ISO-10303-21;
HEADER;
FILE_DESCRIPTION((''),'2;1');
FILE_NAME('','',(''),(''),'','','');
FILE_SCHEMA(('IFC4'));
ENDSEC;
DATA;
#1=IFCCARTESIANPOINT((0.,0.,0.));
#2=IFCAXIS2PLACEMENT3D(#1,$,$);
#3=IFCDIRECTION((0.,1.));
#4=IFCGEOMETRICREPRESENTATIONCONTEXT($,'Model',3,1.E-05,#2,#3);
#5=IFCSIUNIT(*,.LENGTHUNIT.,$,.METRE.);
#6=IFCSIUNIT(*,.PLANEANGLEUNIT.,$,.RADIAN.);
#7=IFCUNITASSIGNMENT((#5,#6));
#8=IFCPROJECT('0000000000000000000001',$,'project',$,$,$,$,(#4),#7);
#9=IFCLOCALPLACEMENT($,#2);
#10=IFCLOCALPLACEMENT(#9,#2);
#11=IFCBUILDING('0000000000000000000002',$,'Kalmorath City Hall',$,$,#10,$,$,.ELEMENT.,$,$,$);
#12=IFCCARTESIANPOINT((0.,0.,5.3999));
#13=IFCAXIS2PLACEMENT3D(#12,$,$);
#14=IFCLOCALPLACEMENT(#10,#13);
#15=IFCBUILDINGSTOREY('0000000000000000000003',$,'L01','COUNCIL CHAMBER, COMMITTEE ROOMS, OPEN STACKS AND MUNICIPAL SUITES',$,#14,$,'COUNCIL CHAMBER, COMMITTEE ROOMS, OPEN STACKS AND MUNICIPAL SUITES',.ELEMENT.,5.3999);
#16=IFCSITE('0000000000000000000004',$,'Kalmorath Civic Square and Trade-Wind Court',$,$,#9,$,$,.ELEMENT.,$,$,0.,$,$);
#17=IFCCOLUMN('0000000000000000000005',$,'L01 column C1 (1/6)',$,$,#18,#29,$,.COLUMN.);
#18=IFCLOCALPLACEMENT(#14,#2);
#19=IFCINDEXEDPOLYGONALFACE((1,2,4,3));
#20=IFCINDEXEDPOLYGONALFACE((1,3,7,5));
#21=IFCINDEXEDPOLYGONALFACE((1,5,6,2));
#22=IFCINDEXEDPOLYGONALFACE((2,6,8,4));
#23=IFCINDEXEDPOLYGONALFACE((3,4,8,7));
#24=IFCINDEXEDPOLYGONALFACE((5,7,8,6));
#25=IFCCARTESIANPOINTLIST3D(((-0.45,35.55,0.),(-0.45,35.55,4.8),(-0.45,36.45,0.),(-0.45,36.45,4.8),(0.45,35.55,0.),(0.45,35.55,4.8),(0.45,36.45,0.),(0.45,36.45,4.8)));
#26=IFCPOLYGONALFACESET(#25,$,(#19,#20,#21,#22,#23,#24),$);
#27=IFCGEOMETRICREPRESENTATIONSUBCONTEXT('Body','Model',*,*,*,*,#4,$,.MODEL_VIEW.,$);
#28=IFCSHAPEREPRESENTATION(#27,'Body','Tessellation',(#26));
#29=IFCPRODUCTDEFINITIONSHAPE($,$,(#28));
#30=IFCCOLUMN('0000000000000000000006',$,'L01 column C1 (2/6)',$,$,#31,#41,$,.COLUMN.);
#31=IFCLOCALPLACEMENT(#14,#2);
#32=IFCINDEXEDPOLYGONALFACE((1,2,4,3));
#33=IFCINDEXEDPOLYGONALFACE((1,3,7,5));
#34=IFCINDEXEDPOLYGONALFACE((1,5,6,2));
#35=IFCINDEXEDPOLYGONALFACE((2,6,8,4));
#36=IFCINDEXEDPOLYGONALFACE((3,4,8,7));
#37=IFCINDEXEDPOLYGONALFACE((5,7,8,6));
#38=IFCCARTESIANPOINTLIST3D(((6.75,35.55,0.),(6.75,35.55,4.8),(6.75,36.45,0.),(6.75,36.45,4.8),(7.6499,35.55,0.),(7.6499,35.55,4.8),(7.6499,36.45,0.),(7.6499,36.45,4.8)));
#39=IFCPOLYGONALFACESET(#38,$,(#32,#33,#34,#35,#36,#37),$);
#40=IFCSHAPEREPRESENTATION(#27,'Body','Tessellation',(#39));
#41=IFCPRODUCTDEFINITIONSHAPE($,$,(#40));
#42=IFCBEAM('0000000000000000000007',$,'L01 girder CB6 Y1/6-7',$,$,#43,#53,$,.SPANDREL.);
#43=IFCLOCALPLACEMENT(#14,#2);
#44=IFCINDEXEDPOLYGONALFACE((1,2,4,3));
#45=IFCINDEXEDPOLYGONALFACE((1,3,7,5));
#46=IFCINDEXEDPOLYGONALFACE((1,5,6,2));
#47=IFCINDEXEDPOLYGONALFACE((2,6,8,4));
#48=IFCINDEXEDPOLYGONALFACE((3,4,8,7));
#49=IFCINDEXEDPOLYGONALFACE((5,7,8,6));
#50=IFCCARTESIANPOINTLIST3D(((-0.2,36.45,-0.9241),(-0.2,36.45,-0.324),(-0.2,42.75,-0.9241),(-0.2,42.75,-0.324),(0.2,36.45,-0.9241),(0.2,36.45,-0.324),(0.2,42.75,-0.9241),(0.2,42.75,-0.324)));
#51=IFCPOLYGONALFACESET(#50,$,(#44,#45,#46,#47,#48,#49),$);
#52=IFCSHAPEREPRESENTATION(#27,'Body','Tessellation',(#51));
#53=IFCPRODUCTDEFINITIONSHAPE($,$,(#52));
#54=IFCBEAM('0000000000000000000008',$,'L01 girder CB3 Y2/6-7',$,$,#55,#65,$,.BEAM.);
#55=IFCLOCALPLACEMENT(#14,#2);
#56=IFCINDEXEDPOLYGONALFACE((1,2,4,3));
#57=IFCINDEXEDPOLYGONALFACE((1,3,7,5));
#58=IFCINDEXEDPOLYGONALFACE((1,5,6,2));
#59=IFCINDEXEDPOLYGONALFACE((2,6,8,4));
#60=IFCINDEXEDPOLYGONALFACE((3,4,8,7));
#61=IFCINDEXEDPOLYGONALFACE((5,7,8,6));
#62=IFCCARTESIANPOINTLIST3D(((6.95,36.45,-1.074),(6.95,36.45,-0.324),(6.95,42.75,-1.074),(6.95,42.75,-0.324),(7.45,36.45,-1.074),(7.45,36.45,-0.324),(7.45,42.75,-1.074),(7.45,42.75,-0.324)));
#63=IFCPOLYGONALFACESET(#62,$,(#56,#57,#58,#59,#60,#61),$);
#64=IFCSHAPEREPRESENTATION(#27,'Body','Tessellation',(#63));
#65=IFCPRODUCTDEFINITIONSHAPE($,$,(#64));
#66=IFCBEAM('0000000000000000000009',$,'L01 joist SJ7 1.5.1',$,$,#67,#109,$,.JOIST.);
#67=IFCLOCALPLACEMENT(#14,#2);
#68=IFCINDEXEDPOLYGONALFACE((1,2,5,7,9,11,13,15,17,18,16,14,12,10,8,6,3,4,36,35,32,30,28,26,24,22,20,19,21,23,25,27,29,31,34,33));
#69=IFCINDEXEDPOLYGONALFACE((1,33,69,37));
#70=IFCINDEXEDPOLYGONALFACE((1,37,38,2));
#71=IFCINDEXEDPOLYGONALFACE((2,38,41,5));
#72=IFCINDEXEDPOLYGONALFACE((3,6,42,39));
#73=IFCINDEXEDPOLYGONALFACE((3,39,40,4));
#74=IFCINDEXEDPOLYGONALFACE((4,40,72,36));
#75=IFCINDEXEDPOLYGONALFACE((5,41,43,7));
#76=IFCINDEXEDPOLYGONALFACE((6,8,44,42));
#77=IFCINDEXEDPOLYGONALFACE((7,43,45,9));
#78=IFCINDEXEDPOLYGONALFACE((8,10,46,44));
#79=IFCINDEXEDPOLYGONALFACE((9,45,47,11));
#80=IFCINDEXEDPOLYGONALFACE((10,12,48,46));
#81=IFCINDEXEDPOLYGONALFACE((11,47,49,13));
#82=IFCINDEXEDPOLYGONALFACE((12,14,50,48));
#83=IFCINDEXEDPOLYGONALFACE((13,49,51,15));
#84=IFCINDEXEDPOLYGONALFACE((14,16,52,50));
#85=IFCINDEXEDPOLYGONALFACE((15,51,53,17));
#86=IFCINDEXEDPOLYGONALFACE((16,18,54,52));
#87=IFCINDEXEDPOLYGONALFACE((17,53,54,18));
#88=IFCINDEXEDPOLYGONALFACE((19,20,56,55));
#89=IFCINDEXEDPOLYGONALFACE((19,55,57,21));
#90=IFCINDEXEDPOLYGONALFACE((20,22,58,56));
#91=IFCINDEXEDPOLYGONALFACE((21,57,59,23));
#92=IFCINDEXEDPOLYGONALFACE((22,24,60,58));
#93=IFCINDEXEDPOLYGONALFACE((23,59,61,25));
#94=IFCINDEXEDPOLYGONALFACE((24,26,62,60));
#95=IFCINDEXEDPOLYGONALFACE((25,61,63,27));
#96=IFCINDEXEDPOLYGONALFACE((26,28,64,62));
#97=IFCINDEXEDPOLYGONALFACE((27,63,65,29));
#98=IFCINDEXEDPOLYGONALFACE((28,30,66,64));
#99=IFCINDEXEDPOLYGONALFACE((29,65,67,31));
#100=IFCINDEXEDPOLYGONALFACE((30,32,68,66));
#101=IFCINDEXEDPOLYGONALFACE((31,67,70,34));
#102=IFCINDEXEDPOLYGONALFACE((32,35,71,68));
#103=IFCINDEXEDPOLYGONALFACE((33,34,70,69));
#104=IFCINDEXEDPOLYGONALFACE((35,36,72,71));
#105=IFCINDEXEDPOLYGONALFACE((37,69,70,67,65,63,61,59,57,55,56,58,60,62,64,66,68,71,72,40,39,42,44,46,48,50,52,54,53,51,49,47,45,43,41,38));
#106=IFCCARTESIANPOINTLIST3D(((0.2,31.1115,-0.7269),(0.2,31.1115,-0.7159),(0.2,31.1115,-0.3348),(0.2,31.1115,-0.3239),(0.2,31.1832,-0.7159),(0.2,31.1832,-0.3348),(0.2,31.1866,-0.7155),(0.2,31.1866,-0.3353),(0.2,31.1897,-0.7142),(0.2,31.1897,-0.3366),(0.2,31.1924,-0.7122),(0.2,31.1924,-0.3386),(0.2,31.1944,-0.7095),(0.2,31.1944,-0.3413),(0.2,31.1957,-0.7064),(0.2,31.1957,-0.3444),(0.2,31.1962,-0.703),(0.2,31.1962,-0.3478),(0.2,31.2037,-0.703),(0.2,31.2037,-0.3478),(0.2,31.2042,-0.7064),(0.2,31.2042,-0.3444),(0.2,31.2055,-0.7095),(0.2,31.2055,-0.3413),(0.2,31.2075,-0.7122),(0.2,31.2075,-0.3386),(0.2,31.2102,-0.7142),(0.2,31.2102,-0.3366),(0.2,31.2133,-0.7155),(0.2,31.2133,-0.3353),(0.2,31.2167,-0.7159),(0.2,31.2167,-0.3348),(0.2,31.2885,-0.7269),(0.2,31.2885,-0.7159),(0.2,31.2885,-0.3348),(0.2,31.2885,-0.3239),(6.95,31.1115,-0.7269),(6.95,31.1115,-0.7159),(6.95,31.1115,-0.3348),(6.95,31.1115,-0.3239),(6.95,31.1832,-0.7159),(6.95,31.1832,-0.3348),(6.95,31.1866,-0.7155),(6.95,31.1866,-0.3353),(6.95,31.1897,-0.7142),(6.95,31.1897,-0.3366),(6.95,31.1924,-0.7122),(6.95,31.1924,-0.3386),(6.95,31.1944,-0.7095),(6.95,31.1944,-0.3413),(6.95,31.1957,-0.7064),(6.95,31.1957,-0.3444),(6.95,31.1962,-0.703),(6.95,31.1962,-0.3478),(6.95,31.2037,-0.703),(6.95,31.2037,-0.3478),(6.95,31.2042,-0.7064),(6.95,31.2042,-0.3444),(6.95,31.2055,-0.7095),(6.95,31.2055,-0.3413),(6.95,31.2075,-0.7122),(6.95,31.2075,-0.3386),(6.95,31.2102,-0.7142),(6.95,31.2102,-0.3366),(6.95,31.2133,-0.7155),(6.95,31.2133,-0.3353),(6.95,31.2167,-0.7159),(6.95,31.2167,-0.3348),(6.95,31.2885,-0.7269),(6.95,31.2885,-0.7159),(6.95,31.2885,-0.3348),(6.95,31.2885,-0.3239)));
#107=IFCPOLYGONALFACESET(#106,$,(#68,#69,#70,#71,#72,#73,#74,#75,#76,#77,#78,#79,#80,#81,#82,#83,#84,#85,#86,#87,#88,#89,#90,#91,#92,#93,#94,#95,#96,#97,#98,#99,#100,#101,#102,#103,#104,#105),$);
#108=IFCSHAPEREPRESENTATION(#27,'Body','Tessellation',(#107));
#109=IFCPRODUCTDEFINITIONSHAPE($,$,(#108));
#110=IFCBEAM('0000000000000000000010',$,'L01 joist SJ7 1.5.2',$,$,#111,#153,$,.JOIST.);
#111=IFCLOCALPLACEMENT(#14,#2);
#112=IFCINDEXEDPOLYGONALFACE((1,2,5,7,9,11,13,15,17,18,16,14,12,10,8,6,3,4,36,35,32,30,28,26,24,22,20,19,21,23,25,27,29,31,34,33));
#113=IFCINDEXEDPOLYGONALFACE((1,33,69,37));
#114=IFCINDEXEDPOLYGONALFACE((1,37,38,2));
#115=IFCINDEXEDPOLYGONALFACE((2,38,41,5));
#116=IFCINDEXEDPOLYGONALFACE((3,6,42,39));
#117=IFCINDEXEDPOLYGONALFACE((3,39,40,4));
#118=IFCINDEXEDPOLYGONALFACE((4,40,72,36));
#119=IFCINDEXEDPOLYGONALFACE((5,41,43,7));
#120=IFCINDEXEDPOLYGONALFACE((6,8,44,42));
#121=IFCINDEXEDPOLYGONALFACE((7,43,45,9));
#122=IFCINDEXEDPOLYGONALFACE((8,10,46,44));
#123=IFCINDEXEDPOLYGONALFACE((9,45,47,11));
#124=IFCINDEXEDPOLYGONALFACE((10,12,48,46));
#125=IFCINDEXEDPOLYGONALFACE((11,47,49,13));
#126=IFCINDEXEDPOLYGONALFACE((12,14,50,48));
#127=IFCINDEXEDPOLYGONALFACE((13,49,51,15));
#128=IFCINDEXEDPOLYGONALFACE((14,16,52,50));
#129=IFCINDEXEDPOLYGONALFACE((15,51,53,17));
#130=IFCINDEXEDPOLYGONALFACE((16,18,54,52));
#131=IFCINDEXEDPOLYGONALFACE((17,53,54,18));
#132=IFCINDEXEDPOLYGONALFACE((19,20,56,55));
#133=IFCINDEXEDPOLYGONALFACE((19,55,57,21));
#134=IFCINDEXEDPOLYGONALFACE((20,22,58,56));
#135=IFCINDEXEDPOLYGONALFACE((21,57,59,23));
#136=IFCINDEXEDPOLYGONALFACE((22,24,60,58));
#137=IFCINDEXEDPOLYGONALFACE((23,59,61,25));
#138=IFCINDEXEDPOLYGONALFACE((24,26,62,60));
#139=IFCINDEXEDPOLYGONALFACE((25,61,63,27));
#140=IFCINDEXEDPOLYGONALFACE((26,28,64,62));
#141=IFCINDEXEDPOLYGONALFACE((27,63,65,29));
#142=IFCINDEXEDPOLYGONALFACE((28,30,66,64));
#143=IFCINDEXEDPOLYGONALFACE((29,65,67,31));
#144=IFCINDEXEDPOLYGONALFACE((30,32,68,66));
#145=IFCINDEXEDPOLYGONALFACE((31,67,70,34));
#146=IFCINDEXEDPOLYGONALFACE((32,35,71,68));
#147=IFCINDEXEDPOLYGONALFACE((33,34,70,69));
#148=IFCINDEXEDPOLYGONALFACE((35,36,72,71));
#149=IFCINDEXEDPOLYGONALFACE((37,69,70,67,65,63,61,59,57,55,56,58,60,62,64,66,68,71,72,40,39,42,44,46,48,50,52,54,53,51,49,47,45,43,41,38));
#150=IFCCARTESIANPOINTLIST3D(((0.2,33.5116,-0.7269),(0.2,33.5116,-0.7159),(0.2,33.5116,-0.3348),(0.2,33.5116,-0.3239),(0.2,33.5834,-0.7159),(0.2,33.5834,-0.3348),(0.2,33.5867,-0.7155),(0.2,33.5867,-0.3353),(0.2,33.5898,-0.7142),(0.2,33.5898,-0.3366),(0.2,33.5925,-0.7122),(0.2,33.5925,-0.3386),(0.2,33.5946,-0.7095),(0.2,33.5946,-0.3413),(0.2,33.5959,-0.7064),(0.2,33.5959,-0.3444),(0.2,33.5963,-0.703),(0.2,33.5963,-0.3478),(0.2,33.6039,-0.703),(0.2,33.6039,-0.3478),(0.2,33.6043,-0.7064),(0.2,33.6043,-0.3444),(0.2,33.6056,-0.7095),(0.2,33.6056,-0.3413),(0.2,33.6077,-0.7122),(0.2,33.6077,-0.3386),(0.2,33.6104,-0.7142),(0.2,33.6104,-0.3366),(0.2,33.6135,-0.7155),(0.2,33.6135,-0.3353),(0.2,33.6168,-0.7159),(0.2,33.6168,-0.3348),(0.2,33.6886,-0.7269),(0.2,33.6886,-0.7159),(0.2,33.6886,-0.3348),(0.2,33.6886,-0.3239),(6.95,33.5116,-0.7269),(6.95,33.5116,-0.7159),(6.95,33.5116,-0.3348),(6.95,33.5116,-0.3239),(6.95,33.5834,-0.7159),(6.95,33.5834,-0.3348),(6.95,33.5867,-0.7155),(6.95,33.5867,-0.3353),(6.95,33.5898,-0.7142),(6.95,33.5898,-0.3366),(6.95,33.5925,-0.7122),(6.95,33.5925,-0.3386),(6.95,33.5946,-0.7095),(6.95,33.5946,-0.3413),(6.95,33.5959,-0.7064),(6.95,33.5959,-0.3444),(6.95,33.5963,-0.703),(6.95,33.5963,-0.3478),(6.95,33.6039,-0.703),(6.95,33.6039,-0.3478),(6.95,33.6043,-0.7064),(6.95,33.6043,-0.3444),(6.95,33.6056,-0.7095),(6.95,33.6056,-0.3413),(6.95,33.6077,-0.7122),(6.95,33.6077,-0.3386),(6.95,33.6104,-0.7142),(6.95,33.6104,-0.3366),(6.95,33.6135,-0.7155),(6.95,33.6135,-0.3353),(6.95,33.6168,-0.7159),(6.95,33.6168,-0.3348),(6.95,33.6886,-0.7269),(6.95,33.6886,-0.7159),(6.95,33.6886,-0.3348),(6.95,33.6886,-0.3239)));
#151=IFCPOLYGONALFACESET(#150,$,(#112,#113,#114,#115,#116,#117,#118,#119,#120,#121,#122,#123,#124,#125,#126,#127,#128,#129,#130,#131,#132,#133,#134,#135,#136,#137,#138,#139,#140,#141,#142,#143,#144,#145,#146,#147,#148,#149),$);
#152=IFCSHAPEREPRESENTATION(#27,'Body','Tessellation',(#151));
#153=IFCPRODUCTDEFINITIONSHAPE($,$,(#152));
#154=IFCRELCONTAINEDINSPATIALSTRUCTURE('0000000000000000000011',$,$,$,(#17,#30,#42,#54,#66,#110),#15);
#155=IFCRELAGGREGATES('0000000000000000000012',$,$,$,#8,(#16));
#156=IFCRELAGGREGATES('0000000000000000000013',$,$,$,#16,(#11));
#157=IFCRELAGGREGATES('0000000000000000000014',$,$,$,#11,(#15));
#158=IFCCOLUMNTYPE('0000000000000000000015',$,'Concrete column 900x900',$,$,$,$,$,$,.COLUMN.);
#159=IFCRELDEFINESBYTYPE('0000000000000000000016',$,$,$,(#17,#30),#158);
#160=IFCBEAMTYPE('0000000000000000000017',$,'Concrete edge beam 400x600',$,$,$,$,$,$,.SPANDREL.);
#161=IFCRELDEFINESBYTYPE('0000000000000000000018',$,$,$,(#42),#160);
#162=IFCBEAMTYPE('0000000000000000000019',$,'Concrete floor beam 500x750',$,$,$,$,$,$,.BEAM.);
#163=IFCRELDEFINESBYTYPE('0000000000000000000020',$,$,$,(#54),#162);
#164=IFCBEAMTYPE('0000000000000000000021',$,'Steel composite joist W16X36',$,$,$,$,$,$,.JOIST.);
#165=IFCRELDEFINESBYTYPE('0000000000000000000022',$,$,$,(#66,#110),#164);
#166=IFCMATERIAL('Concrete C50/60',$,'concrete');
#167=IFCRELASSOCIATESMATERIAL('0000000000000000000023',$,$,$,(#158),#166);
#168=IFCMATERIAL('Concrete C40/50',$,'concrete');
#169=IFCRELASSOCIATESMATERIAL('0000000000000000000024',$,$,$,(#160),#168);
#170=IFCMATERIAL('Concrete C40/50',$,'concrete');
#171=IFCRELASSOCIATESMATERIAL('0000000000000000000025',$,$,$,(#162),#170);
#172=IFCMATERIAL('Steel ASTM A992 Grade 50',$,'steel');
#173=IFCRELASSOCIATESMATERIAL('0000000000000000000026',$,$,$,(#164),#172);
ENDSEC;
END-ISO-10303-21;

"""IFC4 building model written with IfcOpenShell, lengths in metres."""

from ifc_helpers import new_model, si_unit, direction, frame, origin, origin_2d, place, context, subcontext, project, spatial, rectangle, i_section, extrude, material, material_profile, profile_set, type_object, element, save


model = new_model("IFC4")

# Units and contexts
model_context = context("Model", 3, precision=1e-05, world=origin(), true_north=direction((0.0, 1.0)))
body_context = subcontext(model_context, "Body", "Model", "MODEL_VIEW")
ifc_project = project(units=[si_unit("LENGTHUNIT", "METRE"), si_unit("PLANEANGLEUNIT", "RADIAN")], contexts=[model_context])

# Site, building, storey
site_placement = place(None, origin())
site = spatial("IfcSite", under=ifc_project, at=site_placement, Name="Kalmorath Civic Square and Trade-Wind Court", CompositionType="ELEMENT", RefElevation=0.0)
building_placement = place(site_placement, origin())
building = spatial("IfcBuilding", under=site, at=building_placement, Name="Kalmorath City Hall", CompositionType="ELEMENT")
storey_placement = place(building_placement, frame((0.0, 0.0, 5.3999)))
storey = spatial("IfcBuildingStorey", under=building, at=storey_placement, Name="L01", Description="COUNCIL CHAMBER, COMMITTEE ROOMS, OPEN STACKS AND MUNICIPAL SUITES", LongName="COUNCIL CHAMBER, COMMITTEE ROOMS, OPEN STACKS AND MUNICIPAL SUITES", CompositionType="ELEMENT", Elevation=5.3999)

# Columns
ifc_material_1 = material(Name="Concrete C50/60", Category="concrete")
ifc_material_profile_1 = material_profile(ifc_material_1, rectangle(XDim=0.8999, YDim=0.8999, at=origin_2d()), Name="RC-COL-900X900")
ifc_profile_set_1 = profile_set([ifc_material_profile_1], Name="Concrete C50/60")
column_type = type_object("IfcColumnType", Name="Concrete column 900x900", PredefinedType="COLUMN", material=ifc_profile_set_1)
for number, where, z_axis, x_axis, name in (
    (1, (0.0, 36.0, 0.0), (0.0, 0.0, 1.0), (1.0, 0.0, 0.0), "L01 column C1 (1/6)"),
    (2, (7.2, 36.0, 0.0), (0.0, 0.0, 1.0), (1.0, 0.0, 0.0), "L01 column C1 (2/6)"),
):
    element("IfcColumn", number, at=place(storey_placement, frame(where, z_axis=z_axis, x_axis=x_axis)), inside=storey, type_object=column_type, Name=name, PredefinedType="COLUMN", context=body_context, shape_type="SweptSolid", body=[
        extrude(rectangle(XDim=0.8999, YDim=0.8999, at=origin_2d()), origin(), (0.0, 0.0, 1.0), 4.8),
    ])

# Beams
ifc_material_2 = material(Name="Concrete C40/50", Category="concrete")
ifc_material_profile_2 = material_profile(ifc_material_2, rectangle(XDim=0.3999, YDim=0.6001, at=origin_2d()), Name="RC-BM-400X600")
ifc_profile_set_2 = profile_set([ifc_material_profile_2], Name="Concrete C40/50")
beam_type_1 = type_object("IfcBeamType", Name="Concrete edge beam 400x600", PredefinedType="SPANDREL", material=ifc_profile_set_2)
beam_1_placement = place(storey_placement, frame((0.0, 36.45, -0.624), z_axis=(0.0, 1.0, 0.0), x_axis=(-1.0, 0.0, 0.0)))
element("IfcBeam", 3, at=beam_1_placement, inside=storey, type_object=beam_type_1, Name="L01 girder CB6 Y1/6-7", PredefinedType="SPANDREL", context=body_context, shape_type="SweptSolid", body=[
    extrude(rectangle(XDim=0.3999, YDim=0.6001, at=origin_2d()), origin(), (0.0, 0.0, 1.0), 6.3),
])
ifc_material_3 = material(Name="Concrete C40/50", Category="concrete")
ifc_material_profile_3 = material_profile(ifc_material_3, rectangle(XDim=0.5, YDim=0.75, at=origin_2d()), Name="RC-BM-500X750")
ifc_profile_set_3 = profile_set([ifc_material_profile_3], Name="Concrete C40/50")
beam_type_2 = type_object("IfcBeamType", Name="Concrete floor beam 500x750", PredefinedType="BEAM", material=ifc_profile_set_3)
beam_2_placement = place(storey_placement, frame((7.2, 36.45, -0.699), z_axis=(0.0, 1.0, 0.0), x_axis=(-1.0, 0.0, 0.0)))
element("IfcBeam", 4, at=beam_2_placement, inside=storey, type_object=beam_type_2, Name="L01 girder CB3 Y2/6-7", PredefinedType="BEAM", context=body_context, shape_type="SweptSolid", body=[
    extrude(rectangle(XDim=0.5, YDim=0.75, at=origin_2d()), origin(), (0.0, 0.0, 1.0), 6.3),
])
ifc_material_4 = material(Name="Steel ASTM A992 Grade 50", Category="steel")
ifc_material_profile_4 = material_profile(ifc_material_4, i_section(OverallWidth=0.177, OverallDepth=0.4031, WebThickness=0.0076, FlangeThickness=0.011, FilletRadius=0.0129, at=origin_2d()), Name="W16X36")
ifc_profile_set_4 = profile_set([ifc_material_profile_4], Name="Steel ASTM A992 Grade 50")
beam_type_3 = type_object("IfcBeamType", Name="Steel composite joist W16X36", PredefinedType="JOIST", material=ifc_profile_set_4)
for number, where, z_axis, x_axis, name in (
    (5, (0.2, 31.2, -0.5254), (1.0, 0.0, 0.0), (0.0, 1.0, 0.0), "L01 joist SJ7 1.5.1"),
    (6, (0.2, 33.6001, -0.5254), (1.0, 0.0, 0.0), (0.0, 1.0, 0.0), "L01 joist SJ7 1.5.2"),
):
    element("IfcBeam", number, at=place(storey_placement, frame(where, z_axis=z_axis, x_axis=x_axis)), inside=storey, type_object=beam_type_3, Name=name, PredefinedType="JOIST", context=body_context, shape_type="SweptSolid", body=[
        extrude(i_section(OverallWidth=0.177, OverallDepth=0.4031, WebThickness=0.0076, FlangeThickness=0.011, FilletRadius=0.0129, at=origin_2d()), origin(), (0.0, 0.0, 1.0), 6.75),
    ])

save(model, "model.ifc")
